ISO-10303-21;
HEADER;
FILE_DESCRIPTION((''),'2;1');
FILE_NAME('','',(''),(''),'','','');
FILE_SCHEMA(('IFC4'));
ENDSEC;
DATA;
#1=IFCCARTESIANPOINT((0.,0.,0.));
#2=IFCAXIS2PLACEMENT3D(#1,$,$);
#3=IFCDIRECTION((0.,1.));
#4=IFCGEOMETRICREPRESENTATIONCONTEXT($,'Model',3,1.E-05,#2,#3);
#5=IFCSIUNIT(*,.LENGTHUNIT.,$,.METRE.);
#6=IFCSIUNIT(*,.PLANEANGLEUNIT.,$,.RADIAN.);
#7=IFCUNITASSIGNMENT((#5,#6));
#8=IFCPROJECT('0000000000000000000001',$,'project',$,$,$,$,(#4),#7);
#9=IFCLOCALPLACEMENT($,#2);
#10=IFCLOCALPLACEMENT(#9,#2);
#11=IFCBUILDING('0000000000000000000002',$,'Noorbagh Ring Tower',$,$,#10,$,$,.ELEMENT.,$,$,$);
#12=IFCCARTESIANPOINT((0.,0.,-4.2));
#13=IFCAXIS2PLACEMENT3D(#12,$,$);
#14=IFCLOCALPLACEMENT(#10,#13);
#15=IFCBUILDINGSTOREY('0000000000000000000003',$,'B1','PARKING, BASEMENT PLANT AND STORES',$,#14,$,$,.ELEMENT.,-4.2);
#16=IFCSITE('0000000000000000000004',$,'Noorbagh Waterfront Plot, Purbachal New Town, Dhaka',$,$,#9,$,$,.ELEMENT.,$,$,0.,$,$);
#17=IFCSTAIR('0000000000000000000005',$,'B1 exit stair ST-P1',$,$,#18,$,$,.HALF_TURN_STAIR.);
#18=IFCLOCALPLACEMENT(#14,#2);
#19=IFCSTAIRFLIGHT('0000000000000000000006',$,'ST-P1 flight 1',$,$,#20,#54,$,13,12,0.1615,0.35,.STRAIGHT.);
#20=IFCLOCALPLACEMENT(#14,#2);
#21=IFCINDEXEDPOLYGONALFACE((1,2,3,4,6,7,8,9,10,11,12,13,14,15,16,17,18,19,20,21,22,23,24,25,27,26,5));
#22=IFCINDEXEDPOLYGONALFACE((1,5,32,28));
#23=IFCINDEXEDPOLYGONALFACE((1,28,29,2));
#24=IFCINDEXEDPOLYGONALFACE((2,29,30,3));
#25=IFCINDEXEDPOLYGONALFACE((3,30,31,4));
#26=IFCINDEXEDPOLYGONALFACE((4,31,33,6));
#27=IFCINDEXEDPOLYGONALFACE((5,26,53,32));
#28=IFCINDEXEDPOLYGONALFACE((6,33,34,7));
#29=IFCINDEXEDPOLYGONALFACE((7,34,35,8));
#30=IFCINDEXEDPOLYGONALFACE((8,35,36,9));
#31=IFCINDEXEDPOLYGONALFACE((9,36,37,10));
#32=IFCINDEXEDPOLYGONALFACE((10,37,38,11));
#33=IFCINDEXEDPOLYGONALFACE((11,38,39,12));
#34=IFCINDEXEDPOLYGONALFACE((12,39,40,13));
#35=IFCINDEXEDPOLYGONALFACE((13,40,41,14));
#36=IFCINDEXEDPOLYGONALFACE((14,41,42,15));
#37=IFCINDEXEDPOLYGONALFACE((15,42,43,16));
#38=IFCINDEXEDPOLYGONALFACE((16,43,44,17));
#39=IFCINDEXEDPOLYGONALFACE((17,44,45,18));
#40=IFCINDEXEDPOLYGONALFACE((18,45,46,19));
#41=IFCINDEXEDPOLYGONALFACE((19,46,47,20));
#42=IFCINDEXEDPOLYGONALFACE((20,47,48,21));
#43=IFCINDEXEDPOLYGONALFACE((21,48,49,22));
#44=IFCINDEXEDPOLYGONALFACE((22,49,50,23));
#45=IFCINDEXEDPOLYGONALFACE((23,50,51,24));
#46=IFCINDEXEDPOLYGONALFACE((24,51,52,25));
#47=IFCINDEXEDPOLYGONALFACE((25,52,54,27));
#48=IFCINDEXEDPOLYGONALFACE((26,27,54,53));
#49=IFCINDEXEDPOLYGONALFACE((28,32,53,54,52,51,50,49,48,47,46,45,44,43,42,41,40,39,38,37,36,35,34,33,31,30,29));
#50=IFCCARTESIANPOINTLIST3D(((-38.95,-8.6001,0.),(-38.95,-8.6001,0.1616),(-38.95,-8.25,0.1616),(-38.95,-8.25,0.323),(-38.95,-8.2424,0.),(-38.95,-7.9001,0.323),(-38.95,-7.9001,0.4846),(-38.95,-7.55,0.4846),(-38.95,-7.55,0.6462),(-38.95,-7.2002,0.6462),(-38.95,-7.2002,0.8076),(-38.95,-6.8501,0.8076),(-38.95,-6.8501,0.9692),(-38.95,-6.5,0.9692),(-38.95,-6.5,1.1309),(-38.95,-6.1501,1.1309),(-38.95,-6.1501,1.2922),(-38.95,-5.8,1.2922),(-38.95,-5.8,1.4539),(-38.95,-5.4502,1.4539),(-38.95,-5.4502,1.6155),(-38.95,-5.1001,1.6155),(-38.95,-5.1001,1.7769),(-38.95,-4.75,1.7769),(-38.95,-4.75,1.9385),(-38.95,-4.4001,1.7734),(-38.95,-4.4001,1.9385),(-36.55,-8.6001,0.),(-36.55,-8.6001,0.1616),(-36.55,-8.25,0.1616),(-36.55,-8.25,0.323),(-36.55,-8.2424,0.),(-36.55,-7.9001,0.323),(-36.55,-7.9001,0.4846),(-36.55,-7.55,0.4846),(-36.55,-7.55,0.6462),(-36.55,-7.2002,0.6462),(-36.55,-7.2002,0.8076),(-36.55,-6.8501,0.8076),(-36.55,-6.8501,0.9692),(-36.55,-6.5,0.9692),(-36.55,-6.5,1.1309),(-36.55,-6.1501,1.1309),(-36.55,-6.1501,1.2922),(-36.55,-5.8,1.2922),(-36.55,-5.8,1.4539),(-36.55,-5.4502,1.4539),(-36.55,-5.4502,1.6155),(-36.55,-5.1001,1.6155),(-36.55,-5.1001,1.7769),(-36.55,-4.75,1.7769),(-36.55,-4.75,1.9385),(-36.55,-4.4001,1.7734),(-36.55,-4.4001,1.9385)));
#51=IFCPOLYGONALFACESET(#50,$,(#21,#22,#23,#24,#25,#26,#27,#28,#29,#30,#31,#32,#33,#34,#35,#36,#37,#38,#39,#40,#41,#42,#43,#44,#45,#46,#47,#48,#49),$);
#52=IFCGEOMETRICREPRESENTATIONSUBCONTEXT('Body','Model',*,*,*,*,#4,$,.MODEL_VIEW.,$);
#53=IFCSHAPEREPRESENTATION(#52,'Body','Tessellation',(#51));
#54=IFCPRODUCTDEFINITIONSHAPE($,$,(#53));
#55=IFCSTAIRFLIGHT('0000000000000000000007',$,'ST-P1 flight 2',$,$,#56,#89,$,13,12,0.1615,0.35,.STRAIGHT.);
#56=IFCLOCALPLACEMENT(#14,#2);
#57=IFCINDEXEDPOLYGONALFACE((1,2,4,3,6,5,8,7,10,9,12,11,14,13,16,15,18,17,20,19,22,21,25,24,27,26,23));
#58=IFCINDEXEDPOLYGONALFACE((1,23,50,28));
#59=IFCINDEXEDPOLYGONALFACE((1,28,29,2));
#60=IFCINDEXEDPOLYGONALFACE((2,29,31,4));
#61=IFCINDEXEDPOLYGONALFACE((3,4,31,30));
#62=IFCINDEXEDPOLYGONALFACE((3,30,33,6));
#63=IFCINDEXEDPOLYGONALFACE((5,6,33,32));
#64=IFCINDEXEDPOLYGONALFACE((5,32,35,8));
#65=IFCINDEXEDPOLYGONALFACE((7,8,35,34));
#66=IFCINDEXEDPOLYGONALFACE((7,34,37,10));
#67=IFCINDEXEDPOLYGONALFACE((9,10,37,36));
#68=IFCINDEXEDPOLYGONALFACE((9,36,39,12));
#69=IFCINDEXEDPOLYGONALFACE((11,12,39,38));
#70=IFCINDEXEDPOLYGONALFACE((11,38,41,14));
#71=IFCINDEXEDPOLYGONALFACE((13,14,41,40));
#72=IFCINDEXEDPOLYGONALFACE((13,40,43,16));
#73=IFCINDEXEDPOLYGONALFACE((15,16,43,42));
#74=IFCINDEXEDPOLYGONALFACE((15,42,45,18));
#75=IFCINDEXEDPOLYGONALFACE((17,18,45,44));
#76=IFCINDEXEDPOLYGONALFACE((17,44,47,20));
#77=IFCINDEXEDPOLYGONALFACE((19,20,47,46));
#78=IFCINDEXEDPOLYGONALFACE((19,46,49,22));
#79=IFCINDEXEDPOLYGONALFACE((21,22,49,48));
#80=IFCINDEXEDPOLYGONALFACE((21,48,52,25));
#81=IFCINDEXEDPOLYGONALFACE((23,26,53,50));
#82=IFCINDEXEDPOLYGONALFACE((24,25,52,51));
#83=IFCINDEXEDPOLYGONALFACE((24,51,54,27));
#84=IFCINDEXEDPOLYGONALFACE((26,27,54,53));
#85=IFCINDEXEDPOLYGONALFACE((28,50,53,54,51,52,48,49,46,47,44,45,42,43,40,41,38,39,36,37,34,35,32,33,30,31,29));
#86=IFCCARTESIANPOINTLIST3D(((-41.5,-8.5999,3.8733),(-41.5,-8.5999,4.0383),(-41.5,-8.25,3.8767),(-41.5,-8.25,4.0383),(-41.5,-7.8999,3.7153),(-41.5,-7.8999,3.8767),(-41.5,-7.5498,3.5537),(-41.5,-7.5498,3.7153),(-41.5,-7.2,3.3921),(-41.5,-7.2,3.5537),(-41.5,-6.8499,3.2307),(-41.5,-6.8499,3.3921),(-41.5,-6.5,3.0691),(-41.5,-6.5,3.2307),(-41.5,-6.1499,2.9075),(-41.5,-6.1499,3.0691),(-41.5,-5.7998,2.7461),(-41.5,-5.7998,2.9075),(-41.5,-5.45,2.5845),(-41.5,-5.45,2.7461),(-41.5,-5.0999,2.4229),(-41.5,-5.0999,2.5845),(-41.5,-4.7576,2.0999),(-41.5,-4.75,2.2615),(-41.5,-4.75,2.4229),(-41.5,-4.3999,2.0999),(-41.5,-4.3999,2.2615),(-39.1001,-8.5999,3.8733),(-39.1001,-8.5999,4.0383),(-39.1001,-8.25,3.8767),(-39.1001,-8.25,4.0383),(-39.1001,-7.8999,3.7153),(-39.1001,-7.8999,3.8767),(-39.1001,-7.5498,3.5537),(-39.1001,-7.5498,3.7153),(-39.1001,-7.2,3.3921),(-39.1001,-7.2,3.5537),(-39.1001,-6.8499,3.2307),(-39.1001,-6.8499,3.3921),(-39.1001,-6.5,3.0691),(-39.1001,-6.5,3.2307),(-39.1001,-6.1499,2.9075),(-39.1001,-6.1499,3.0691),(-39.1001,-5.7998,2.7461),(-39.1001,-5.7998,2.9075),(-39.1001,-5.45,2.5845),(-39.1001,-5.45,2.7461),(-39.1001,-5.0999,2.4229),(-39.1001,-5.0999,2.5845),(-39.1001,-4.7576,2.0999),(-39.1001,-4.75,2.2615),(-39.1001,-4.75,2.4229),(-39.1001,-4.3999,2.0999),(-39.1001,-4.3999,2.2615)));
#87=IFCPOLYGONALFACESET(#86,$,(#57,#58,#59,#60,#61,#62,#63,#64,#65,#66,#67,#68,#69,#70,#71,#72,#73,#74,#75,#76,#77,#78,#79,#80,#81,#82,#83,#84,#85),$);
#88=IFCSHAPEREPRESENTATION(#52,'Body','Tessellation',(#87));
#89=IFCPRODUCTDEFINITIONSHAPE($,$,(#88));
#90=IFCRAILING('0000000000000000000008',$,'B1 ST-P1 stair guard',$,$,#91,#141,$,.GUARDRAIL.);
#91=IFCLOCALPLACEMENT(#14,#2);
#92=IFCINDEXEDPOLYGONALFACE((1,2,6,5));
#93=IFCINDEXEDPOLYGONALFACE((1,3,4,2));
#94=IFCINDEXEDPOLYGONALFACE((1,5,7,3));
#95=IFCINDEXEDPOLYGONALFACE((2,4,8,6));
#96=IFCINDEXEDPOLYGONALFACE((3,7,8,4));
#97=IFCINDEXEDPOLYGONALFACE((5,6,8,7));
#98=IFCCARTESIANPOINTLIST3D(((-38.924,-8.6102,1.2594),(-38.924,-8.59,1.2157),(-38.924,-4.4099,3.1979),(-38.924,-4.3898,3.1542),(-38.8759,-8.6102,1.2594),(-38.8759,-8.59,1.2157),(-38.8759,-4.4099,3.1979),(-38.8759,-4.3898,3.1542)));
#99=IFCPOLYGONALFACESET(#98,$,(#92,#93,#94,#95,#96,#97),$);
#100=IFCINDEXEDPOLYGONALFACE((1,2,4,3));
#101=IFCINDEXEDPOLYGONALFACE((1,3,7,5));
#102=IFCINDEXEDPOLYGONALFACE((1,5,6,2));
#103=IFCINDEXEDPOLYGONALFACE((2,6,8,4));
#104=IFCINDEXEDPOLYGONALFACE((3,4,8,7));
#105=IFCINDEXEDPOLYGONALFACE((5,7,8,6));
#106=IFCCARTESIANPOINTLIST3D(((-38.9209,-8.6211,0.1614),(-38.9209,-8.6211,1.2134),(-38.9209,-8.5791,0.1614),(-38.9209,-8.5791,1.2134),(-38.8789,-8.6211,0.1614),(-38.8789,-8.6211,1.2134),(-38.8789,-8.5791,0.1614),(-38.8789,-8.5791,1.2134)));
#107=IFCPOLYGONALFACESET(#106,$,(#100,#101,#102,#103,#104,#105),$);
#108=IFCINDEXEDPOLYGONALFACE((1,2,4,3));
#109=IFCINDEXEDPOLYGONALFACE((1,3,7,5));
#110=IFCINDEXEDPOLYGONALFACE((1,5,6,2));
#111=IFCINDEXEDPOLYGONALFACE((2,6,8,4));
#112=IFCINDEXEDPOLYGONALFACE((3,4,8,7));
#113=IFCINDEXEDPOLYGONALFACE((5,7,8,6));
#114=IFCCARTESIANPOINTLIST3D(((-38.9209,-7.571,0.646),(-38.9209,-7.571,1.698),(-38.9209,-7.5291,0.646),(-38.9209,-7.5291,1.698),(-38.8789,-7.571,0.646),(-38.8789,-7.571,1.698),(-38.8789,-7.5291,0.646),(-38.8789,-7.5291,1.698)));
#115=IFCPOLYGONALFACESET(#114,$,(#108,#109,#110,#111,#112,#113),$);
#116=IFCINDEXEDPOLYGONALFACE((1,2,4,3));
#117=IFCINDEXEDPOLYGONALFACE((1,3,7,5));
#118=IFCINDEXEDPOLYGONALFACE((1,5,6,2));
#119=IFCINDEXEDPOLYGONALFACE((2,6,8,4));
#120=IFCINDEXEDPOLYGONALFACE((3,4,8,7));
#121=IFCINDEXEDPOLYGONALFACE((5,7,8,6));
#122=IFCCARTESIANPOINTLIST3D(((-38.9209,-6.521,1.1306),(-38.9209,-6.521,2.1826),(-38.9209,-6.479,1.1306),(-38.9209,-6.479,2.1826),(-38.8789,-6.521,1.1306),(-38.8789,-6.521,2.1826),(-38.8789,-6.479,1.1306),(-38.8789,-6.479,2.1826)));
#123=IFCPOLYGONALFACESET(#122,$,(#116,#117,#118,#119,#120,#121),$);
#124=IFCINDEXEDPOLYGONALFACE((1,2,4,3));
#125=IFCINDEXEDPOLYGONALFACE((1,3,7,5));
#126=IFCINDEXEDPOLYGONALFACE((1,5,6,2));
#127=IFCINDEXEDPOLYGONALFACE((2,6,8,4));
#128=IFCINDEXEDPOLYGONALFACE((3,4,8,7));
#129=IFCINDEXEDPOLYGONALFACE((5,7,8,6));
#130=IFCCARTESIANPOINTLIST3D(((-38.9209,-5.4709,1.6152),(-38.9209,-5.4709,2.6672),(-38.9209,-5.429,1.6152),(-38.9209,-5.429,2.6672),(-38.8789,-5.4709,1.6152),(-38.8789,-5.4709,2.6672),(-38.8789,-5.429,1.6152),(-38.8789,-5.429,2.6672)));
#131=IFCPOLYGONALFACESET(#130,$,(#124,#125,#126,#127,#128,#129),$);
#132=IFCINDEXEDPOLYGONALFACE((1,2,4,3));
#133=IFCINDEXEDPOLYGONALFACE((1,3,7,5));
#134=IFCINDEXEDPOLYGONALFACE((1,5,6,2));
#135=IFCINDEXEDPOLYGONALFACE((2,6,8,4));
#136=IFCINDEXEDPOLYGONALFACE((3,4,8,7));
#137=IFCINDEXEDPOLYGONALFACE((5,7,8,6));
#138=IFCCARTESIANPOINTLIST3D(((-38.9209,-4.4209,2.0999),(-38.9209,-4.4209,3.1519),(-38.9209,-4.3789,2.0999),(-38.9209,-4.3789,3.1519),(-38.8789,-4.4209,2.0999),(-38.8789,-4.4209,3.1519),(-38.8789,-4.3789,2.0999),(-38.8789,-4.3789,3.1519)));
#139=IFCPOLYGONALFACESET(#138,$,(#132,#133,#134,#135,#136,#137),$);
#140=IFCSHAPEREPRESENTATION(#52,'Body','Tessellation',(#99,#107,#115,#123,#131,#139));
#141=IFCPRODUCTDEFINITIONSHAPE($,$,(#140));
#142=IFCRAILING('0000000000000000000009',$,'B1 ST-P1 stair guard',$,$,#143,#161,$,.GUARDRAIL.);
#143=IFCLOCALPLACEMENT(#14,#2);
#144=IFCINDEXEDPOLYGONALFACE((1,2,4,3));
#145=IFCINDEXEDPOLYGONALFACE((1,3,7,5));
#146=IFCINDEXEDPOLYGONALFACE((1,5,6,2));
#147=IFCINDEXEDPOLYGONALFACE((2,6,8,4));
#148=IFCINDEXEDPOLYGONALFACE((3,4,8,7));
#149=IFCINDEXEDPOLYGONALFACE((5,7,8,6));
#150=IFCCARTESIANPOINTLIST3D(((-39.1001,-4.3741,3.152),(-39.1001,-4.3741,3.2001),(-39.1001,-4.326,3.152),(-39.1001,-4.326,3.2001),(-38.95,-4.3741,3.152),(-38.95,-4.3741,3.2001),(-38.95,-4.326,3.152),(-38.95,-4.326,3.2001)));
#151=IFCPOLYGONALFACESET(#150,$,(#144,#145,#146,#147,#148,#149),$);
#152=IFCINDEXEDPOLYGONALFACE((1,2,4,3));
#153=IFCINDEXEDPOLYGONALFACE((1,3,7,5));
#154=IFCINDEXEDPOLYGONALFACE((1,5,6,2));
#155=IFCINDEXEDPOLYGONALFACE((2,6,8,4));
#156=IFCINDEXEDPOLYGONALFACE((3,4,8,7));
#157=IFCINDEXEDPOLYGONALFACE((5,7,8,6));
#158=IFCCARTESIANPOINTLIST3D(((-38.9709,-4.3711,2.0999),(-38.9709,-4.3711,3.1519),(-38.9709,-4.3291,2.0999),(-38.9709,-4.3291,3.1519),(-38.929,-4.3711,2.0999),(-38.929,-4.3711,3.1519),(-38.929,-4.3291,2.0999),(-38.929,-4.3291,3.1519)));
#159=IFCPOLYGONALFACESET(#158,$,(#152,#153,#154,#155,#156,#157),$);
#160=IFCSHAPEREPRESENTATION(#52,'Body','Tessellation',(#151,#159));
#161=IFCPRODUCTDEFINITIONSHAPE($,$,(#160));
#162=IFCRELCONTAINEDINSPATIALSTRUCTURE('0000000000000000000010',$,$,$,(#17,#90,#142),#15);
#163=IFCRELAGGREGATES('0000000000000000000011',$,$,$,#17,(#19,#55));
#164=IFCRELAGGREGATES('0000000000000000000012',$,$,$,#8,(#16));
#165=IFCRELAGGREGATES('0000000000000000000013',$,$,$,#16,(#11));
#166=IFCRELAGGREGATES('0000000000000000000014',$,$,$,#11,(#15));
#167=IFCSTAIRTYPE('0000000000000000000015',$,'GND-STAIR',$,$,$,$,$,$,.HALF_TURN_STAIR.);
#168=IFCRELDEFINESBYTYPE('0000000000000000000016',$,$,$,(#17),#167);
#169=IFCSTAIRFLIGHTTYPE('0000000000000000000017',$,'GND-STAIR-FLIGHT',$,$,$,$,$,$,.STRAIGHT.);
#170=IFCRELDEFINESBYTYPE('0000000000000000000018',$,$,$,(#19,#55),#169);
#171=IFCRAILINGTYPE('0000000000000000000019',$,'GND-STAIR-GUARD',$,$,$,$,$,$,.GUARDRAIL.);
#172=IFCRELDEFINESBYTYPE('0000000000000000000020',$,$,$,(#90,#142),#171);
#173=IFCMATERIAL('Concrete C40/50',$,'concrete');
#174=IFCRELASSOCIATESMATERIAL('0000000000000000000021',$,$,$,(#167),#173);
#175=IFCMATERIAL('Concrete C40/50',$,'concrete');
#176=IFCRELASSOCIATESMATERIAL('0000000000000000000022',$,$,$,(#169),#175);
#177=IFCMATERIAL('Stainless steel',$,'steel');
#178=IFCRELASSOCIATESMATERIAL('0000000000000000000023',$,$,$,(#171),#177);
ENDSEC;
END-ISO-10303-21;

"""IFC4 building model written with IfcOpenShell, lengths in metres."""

from ifc_helpers import new_model, si_unit, direction, frame, origin, origin_2d, place, context, subcontext, project, spatial, polyline, rectangle, outline, extrude, material, type_object, element, aggregate, save


model = new_model("IFC4")

# Units and contexts
model_context = context("Model", 3, precision=1e-05, world=origin(), true_north=direction((0.0, 1.0)))
body_context = subcontext(model_context, "Body", "Model", "MODEL_VIEW")
ifc_project = project(units=[si_unit("LENGTHUNIT", "METRE"), si_unit("PLANEANGLEUNIT", "RADIAN")], contexts=[model_context])

# Site, building, storey
site_placement = place(None, origin())
site = spatial("IfcSite", under=ifc_project, at=site_placement, Name="Noorbagh Waterfront Plot, Purbachal New Town, Dhaka", CompositionType="ELEMENT", RefElevation=0.0)
building_placement = place(site_placement, origin())
building = spatial("IfcBuilding", under=site, at=building_placement, Name="Noorbagh Ring Tower", CompositionType="ELEMENT")
storey_placement = place(building_placement, frame((0.0, 0.0, -4.2)))
storey = spatial("IfcBuildingStorey", under=building, at=storey_placement, Name="B1", Description="PARKING, BASEMENT PLANT AND STORES", CompositionType="ELEMENT", Elevation=-4.2)

# Stair, stair flights
ifc_material_1 = material(Name="Concrete C40/50", Category="concrete")
stair_type = type_object("IfcStairType", Name="GND-STAIR", PredefinedType="HALF_TURN_STAIR", material=ifc_material_1)
stair_placement = place(storey_placement, origin())
stair = element("IfcStair", 1, at=stair_placement, inside=storey, type_object=stair_type, Name="B1 exit stair ST-P1", PredefinedType="HALF_TURN_STAIR")
ifc_material_2 = material(Name="Concrete C40/50", Category="concrete")
stair_flight_type = type_object("IfcStairFlightType", Name="GND-STAIR-FLIGHT", PredefinedType="STRAIGHT", material=ifc_material_2)
stair_flight_1_placement = place(storey_placement, frame((-37.75, -8.6001, 0.0), z_axis=(0.0, 0.0, 1.0), x_axis=(0.0, 1.0, 0.0)))
stair_flight_1 = element("IfcStairFlight", 2, at=stair_flight_1_placement, type_object=stair_flight_type, Name="ST-P1 flight 1", NumberOfRisers=13, NumberOfTreads=12, PredefinedType="STRAIGHT", RiserHeight=0.1615, TreadLength=0.35, context=body_context, shape_type="SweptSolid", body=[
    extrude(outline(polyline([(0.0, 0.0), (0.0, 0.1616), (0.3501, 0.1616), (0.3501, 0.323), (0.7, 0.323), (0.7, 0.4846), (1.05, 0.4846), (1.05, 0.6462), (1.3999, 0.6462), (1.3999, 0.8076), (1.75, 0.8076), (1.75, 0.9692), (2.1001, 0.9692), (2.1001, 1.1309), (2.45, 1.1309), (2.45, 1.2922), (2.8, 1.2922), (2.8, 1.4539), (3.1499, 1.4539), (3.1499, 1.6155), (3.5, 1.6155), (3.5, 1.7769), (3.8501, 1.7769), (3.8501, 1.9385), (4.2, 1.9385), (4.2, 2.1001), (4.2, 1.7734), (0.3577, 0.0), (0.0, 0.0)])), frame((0.0, 1.2, 0.0), z_axis=(0.0, -1.0, 0.0), x_axis=(1.0, 0.0, 0.0)), (0.0, 0.0, 1.0), 2.3999),
])
stair_flight_2_placement = place(storey_placement, frame((-40.3, -4.3999, 2.0999), z_axis=(0.0, 0.0, 1.0), x_axis=(0.0, -1.0, 0.0)))
stair_flight_2 = element("IfcStairFlight", 3, at=stair_flight_2_placement, type_object=stair_flight_type, Name="ST-P1 flight 2", NumberOfRisers=13, NumberOfTreads=12, PredefinedType="STRAIGHT", RiserHeight=0.1615, TreadLength=0.35, context=body_context, shape_type="SweptSolid", body=[
    extrude(outline(polyline([(0.0, 0.0), (0.0, 0.1616), (0.3501, 0.1616), (0.3501, 0.323), (0.7, 0.323), (0.7, 0.4846), (1.05, 0.4846), (1.05, 0.6462), (1.3999, 0.6462), (1.3999, 0.8076), (1.75, 0.8076), (1.75, 0.9692), (2.1001, 0.9692), (2.1001, 1.1309), (2.45, 1.1309), (2.45, 1.2922), (2.8, 1.2922), (2.8, 1.4539), (3.1499, 1.4539), (3.1499, 1.6155), (3.5, 1.6155), (3.5, 1.7769), (3.8501, 1.7769), (3.8501, 1.9385), (4.2, 1.9385), (4.2, 2.1001), (4.2, 1.7734), (0.3577, 0.0), (0.0, 0.0)])), frame((0.0, 1.2, 0.0), z_axis=(0.0, -1.0, 0.0), x_axis=(1.0, 0.0, 0.0)), (0.0, 0.0, 1.0), 2.3999),
])
aggregate(stair, [stair_flight_1, stair_flight_2])

# Railings
ifc_material_3 = material(Name="Stainless steel", Category="steel")
railing_type_1 = type_object("IfcRailingType", Name="GND-STAIR-GUARD", PredefinedType="GUARDRAIL", material=ifc_material_3)
railing_1_placement = place(storey_placement, frame((-38.8999, -8.6001, 0.1614)))
element("IfcRailing", 4, at=railing_1_placement, inside=storey, type_object=railing_type_1, Name="B1 ST-P1 stair guard", PredefinedType="GUARDRAIL", context=body_context, shape_type="SweptSolid", body=[
    extrude(rectangle(XDim=0.0481, YDim=0.0481, at=origin_2d()), frame((0.0, 0.0, 1.0762), z_axis=(0.0, 0.907966, 0.419045), x_axis=(-1.0, 0.0, 0.0)), (0.0, 0.0, 1.0), 4.626),
    extrude(rectangle(XDim=0.042, YDim=0.042, at=origin_2d()), origin(), (0.0, 0.0, 1.0), 1.052),
    extrude(rectangle(XDim=0.042, YDim=0.042, at=origin_2d()), frame((0.0, 1.05, 0.4846)), (0.0, 0.0, 1.0), 1.052),
    extrude(rectangle(XDim=0.042, YDim=0.042, at=origin_2d()), frame((0.0, 2.1001, 0.9692)), (0.0, 0.0, 1.0), 1.052),
    extrude(rectangle(XDim=0.042, YDim=0.042, at=origin_2d()), frame((0.0, 3.1501, 1.4539)), (0.0, 0.0, 1.0), 1.052),
    extrude(rectangle(XDim=0.042, YDim=0.042, at=origin_2d()), frame((0.0, 4.2002, 1.9385)), (0.0, 0.0, 1.0), 1.052),
])
railing_2_placement = place(storey_placement, frame((-38.95, -4.3501, 2.0999)))
element("IfcRailing", 5, at=railing_2_placement, inside=storey, type_object=railing_type_1, Name="B1 ST-P1 stair guard", PredefinedType="GUARDRAIL", context=body_context, shape_type="SweptSolid", body=[
    extrude(rectangle(XDim=0.0481, YDim=0.0481, at=origin_2d()), frame((0.0, 0.0, 1.0762), z_axis=(-1.0, 0.0, 0.0), x_axis=(0.0, -1.0, 0.0)), (0.0, 0.0, 1.0), 0.1501),
    extrude(rectangle(XDim=0.042, YDim=0.042, at=origin_2d()), origin(), (0.0, 0.0, 1.0), 1.052),
])

save(model, "model.ifc")
